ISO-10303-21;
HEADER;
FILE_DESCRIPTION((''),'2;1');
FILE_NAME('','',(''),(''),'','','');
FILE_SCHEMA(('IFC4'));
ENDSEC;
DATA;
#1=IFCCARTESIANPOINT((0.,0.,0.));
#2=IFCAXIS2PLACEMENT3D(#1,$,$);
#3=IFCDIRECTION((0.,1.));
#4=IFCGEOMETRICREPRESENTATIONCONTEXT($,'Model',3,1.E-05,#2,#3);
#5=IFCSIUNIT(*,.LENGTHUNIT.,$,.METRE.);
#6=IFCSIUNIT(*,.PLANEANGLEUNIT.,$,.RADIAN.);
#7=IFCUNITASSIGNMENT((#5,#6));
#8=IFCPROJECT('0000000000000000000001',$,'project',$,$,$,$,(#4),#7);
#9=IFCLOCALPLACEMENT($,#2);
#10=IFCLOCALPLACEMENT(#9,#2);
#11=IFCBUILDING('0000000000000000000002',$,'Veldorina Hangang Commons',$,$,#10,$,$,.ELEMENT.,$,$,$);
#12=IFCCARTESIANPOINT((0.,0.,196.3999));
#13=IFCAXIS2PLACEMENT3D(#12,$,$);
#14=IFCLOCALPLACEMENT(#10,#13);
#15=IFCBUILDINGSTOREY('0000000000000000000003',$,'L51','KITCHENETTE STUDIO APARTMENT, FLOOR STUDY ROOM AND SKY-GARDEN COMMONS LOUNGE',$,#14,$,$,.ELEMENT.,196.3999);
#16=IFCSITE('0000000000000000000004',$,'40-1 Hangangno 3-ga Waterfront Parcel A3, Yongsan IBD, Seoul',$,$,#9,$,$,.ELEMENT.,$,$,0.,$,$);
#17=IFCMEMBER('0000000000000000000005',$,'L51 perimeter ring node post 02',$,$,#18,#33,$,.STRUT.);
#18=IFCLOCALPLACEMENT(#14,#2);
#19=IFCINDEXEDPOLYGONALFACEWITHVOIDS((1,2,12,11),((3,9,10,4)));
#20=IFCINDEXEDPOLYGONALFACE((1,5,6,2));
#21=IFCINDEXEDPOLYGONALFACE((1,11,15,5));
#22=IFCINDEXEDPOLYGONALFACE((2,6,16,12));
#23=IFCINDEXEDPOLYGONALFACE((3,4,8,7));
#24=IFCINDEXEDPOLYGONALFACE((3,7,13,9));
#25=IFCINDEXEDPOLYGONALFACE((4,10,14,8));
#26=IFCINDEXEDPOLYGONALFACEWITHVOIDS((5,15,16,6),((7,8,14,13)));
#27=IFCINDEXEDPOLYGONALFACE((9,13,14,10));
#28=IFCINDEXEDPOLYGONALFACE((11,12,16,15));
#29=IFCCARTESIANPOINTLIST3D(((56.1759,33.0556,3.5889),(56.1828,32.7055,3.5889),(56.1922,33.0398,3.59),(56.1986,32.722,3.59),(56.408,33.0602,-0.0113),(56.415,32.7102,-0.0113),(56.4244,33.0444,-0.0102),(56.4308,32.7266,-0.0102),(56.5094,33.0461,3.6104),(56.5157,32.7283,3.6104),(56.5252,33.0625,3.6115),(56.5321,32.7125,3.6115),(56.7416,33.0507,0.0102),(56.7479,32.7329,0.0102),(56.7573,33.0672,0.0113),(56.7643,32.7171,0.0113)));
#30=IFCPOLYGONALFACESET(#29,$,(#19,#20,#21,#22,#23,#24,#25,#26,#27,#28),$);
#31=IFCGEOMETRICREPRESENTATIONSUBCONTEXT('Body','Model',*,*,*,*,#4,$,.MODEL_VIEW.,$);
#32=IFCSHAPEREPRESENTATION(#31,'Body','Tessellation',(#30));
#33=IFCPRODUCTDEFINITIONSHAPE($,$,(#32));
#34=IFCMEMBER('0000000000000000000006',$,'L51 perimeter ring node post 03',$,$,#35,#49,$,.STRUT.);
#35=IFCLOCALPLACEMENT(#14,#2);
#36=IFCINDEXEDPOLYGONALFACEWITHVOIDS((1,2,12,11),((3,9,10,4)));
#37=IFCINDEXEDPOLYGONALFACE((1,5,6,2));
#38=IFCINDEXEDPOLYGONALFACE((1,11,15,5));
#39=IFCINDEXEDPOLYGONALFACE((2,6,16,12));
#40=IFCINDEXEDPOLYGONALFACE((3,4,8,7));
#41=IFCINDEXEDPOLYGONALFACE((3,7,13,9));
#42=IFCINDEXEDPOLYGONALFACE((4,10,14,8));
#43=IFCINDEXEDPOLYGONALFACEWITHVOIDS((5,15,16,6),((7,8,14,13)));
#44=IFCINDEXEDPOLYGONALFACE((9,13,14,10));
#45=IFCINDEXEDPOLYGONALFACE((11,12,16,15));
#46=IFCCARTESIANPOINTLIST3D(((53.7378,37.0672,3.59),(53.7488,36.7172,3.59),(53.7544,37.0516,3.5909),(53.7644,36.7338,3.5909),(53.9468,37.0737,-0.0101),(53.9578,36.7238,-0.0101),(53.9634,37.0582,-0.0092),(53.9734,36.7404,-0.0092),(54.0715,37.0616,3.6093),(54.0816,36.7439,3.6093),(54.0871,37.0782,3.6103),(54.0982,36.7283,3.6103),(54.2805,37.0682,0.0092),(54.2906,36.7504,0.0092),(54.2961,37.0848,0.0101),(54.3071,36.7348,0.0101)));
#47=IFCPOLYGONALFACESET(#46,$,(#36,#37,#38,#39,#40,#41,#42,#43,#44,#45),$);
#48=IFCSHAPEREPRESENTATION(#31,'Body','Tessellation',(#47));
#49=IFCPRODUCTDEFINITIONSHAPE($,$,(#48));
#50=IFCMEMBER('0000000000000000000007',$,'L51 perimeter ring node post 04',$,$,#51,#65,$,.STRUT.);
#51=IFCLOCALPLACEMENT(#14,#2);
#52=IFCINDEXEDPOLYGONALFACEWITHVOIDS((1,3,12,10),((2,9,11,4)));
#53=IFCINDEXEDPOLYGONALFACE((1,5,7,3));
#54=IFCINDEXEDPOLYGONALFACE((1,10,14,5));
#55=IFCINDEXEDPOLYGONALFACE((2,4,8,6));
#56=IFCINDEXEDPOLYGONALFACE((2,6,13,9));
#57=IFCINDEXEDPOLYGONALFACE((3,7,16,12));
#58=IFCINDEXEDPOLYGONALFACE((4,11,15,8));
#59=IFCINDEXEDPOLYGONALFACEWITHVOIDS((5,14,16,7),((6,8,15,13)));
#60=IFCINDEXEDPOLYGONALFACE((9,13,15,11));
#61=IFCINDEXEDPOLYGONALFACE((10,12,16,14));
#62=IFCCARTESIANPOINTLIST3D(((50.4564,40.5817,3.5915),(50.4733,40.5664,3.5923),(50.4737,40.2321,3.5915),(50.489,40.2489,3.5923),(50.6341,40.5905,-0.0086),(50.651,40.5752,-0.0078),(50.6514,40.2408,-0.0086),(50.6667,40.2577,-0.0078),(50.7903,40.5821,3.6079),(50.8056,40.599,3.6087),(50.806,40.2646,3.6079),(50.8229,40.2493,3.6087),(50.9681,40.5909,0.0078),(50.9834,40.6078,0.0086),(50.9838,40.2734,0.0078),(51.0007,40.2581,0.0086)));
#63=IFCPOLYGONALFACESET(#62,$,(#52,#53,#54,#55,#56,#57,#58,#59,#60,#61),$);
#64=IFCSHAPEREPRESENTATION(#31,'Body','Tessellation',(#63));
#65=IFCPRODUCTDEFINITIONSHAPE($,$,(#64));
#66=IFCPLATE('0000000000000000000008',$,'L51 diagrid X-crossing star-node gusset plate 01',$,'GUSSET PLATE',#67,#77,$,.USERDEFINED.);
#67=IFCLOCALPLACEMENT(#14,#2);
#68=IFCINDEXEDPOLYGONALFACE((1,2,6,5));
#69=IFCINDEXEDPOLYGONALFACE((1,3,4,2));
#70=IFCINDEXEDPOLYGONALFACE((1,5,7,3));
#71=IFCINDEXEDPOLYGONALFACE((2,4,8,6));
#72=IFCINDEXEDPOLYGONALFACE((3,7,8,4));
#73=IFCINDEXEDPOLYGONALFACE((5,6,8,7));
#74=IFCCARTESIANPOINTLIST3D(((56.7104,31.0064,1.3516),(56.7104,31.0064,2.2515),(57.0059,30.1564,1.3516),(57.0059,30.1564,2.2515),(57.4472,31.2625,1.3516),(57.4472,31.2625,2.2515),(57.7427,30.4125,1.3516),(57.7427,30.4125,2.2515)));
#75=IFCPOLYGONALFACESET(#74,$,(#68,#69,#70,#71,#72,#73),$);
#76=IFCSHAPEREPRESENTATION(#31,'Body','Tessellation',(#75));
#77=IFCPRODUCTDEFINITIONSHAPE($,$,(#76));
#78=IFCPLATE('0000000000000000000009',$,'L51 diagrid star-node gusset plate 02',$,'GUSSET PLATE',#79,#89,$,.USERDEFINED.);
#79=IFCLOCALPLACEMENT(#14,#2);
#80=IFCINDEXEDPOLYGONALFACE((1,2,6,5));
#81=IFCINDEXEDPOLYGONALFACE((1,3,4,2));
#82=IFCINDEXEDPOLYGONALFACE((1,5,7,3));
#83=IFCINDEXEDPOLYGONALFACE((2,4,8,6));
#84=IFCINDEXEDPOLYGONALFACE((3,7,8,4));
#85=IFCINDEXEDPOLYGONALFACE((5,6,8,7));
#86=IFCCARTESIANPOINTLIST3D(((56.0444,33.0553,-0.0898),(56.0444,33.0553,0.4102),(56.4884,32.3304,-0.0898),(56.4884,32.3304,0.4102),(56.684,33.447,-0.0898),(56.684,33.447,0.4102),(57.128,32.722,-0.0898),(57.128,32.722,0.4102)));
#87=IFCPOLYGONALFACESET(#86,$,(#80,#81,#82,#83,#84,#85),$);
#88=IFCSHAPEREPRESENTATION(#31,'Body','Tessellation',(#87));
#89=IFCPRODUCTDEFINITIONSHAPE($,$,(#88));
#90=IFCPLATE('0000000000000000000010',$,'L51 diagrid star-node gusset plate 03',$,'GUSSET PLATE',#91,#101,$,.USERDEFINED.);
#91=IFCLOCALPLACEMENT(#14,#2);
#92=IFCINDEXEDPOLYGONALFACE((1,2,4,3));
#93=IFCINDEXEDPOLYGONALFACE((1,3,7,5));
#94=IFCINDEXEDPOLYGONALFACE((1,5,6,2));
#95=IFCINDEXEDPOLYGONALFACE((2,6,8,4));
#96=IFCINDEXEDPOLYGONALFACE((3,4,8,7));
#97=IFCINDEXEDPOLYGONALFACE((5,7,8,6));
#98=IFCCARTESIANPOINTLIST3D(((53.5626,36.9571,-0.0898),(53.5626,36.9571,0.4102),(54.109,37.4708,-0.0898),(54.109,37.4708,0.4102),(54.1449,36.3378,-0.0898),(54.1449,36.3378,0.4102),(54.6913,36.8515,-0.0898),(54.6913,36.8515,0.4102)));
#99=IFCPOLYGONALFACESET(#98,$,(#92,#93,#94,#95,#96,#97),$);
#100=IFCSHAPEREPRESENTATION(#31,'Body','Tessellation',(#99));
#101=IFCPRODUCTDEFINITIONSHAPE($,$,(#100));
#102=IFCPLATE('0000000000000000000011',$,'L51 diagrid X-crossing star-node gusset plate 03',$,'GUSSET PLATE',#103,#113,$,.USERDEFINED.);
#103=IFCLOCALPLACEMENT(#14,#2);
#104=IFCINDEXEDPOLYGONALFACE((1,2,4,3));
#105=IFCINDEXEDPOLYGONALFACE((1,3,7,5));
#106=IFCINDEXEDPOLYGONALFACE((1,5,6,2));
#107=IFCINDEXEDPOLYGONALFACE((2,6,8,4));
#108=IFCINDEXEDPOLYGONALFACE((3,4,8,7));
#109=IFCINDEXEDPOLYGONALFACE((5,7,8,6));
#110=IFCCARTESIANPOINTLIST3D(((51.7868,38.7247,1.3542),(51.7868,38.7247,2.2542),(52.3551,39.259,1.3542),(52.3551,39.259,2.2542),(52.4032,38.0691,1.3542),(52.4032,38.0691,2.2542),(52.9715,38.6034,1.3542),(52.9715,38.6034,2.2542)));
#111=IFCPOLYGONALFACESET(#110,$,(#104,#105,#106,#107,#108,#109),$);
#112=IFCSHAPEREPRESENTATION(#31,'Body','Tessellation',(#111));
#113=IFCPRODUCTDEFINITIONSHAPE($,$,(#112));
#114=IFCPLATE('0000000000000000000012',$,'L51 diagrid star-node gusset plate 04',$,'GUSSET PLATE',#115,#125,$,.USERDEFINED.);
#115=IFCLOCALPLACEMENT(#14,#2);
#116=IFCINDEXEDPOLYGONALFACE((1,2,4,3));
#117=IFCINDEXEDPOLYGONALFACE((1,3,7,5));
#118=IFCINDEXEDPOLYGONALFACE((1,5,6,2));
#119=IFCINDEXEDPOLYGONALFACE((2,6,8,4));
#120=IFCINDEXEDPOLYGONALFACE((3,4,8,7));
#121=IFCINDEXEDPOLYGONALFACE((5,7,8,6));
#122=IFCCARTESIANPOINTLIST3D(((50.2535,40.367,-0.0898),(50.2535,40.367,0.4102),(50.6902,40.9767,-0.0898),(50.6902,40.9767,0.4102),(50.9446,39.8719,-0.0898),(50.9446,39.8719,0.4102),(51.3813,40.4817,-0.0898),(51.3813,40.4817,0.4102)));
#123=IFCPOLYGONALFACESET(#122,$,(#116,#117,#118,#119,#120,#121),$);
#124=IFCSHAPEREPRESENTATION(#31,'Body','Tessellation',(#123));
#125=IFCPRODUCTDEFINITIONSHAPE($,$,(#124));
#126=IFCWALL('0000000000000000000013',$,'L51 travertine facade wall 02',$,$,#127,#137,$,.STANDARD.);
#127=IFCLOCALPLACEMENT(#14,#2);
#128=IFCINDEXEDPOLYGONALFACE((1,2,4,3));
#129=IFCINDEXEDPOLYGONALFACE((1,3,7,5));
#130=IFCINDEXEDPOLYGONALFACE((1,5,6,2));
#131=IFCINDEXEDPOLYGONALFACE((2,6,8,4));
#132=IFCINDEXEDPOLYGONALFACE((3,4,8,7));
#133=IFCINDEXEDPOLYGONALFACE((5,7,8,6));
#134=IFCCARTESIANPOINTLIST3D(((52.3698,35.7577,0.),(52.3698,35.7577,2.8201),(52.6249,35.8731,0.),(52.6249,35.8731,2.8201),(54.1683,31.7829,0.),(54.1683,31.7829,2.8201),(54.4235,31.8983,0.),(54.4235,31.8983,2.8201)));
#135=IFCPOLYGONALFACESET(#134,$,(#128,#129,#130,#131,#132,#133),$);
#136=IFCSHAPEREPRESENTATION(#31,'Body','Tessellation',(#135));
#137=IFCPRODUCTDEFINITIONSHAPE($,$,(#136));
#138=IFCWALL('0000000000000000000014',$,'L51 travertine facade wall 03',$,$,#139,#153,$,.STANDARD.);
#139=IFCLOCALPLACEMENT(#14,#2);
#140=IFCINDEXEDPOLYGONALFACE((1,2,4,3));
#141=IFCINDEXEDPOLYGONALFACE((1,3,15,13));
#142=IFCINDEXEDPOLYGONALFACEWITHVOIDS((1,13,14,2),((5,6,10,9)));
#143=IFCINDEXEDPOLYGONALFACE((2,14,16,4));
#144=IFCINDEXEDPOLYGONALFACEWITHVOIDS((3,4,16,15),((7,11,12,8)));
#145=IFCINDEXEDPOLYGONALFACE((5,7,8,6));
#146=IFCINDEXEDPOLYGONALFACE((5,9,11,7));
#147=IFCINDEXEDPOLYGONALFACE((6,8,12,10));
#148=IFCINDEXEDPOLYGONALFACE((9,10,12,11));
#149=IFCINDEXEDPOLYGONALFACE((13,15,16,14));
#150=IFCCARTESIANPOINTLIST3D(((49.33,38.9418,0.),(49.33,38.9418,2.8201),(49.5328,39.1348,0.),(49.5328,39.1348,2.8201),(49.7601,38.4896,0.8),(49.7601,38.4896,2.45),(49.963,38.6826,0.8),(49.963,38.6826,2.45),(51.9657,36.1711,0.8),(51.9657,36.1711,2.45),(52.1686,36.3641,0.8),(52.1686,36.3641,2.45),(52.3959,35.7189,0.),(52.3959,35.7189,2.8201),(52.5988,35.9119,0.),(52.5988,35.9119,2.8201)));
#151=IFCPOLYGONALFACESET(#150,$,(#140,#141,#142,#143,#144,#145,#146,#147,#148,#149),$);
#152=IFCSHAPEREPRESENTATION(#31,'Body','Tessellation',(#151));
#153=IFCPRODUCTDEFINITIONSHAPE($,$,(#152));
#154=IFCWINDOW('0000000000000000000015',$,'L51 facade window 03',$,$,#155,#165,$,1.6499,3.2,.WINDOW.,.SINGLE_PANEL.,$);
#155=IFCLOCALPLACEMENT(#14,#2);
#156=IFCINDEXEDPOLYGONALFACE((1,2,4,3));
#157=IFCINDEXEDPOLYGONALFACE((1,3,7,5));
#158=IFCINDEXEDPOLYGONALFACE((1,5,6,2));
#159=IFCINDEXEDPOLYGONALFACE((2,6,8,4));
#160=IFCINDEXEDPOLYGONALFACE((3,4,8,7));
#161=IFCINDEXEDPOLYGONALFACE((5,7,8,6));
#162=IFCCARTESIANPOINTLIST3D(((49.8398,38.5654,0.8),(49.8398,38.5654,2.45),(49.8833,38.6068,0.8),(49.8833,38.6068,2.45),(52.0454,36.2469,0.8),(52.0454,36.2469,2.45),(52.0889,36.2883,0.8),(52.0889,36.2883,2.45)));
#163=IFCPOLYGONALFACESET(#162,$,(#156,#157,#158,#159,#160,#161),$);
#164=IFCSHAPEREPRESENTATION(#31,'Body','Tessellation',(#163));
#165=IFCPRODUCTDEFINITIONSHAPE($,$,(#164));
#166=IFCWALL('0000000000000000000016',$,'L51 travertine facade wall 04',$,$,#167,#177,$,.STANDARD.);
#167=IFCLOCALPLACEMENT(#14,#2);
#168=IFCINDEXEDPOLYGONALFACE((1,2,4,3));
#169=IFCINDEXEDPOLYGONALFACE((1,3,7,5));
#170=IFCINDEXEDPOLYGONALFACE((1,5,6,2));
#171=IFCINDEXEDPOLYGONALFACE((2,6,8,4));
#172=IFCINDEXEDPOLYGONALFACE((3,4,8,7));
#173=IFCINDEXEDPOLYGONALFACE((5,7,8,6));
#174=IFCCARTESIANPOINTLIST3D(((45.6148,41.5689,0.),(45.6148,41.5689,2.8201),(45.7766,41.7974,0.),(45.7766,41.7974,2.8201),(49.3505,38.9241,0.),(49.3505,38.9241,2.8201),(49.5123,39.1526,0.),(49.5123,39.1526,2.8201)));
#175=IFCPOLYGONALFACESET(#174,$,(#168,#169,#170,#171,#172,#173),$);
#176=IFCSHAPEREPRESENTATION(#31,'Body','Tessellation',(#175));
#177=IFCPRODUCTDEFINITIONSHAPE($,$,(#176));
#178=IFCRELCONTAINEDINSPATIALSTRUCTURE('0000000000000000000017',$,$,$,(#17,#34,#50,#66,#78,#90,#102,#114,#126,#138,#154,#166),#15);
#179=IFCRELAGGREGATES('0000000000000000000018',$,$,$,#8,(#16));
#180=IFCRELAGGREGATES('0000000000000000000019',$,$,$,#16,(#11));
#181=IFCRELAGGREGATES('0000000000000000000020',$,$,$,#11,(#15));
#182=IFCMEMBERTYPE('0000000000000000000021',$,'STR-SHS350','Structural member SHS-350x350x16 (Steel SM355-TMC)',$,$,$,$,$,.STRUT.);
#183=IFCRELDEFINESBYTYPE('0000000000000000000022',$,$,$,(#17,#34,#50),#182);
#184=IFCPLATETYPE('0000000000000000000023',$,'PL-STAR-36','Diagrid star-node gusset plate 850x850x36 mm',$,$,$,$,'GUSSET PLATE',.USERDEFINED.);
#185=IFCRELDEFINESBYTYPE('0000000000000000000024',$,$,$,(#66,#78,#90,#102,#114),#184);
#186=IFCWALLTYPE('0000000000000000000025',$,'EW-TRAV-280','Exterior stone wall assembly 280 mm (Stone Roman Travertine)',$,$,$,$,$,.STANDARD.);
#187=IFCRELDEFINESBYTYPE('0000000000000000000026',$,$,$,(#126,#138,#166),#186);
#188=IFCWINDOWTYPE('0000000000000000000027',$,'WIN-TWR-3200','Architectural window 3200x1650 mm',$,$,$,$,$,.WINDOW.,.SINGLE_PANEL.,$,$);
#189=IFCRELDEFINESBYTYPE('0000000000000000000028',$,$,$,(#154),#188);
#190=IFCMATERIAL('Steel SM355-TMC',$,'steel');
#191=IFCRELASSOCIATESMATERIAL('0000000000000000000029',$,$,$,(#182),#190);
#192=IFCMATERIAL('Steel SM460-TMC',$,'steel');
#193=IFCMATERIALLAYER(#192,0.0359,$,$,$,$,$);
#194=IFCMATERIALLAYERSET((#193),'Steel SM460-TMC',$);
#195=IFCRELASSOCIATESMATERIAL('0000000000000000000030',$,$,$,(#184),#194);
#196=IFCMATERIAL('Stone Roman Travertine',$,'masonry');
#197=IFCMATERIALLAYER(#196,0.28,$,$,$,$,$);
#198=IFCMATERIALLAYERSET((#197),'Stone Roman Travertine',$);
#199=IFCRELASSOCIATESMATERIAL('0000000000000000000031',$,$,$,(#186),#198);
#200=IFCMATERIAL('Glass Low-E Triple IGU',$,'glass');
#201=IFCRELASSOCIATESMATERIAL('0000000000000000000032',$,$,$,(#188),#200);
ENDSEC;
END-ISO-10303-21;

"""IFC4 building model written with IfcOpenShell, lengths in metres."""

from ifc_helpers import new_model, si_unit, direction, frame, frame_2d, origin, origin_2d, place, context, subcontext, project, spatial, rectangle, hollow_rectangle, extrude, material, layer, layer_set, material_profile, profile_set, type_object, element, fill, save


model = new_model("IFC4")

# Units and contexts
model_context = context("Model", 3, precision=1e-05, world=origin(), true_north=direction((0.0, 1.0)))
body_context = subcontext(model_context, "Body", "Model", "MODEL_VIEW")
ifc_project = project(units=[si_unit("LENGTHUNIT", "METRE"), si_unit("PLANEANGLEUNIT", "RADIAN")], contexts=[model_context])

# Site, building, storey
site_placement = place(None, origin())
site = spatial("IfcSite", under=ifc_project, at=site_placement, Name="40-1 Hangangno 3-ga Waterfront Parcel A3, Yongsan IBD, Seoul", CompositionType="ELEMENT", RefElevation=0.0)
building_placement = place(site_placement, origin())
building = spatial("IfcBuilding", under=site, at=building_placement, Name="Veldorina Hangang Commons", CompositionType="ELEMENT")
storey_placement = place(building_placement, frame((0.0, 0.0, 196.3999)))
storey = spatial("IfcBuildingStorey", under=building, at=storey_placement, Name="L51", Description="KITCHENETTE STUDIO APARTMENT, FLOOR STUDY ROOM AND SKY-GARDEN COMMONS LOUNGE", CompositionType="ELEMENT", Elevation=196.3999)

# Shared definitions
ifc_material_1 = material(Name="Glass Low-E Triple IGU", Category="glass")

# Members
ifc_material_2 = material(Name="Steel SM355-TMC", Category="steel")
ifc_material_profile_1 = material_profile(ifc_material_2, hollow_rectangle(XDim=0.3501, YDim=0.3501, WallThickness=0.0161, at=origin_2d()), Name="SHS-350x350x16")
ifc_profile_set_1 = profile_set([ifc_material_profile_1], Name="Steel SM355-TMC")
member_type_1 = type_object("IfcMemberType", Name="STR-SHS350", Description="Structural member SHS-350x350x16 (Steel SM355-TMC)", PredefinedType="STRUT", material=ifc_profile_set_1)
member_1_placement = place(storey_placement, frame((56.5862, 32.8887, 0.0), z_axis=(-0.064358, -0.001286, 0.997926), x_axis=(0.019975, -0.9998, 0.0)))
element("IfcMember", 1, at=member_1_placement, inside=storey, type_object=member_type_1, Name="L51 perimeter ring node post 02", PredefinedType="STRUT", context=body_context, shape_type="SweptSolid", body=[
    extrude(hollow_rectangle(XDim=0.3501, YDim=0.3501, WallThickness=0.0161, at=origin_2d()), origin(), (0.0, 0.0, 1.0), 3.6077),
])
member_2_placement = place(storey_placement, frame((54.127, 36.9043, 0.0), z_axis=(-0.057952, -0.001828, 0.998318), x_axis=(0.031526, -0.999503, 0.0)))
element("IfcMember", 2, at=member_2_placement, inside=storey, type_object=member_type_1, Name="L51 perimeter ring node post 03", PredefinedType="STRUT", context=body_context, shape_type="SweptSolid", body=[
    extrude(hollow_rectangle(XDim=0.3501, YDim=0.3501, WallThickness=0.0161, at=origin_2d()), origin(), (0.0, 0.0, 1.0), 3.6062),
])
member_3_placement = place(storey_placement, frame((50.8174, 40.4243, 0.0), z_axis=(-0.049309, -0.002438, 0.998781), x_axis=(0.04939, -0.99878, 0.0)))
element("IfcMember", 3, at=member_3_placement, inside=storey, type_object=member_type_1, Name="L51 perimeter ring node post 04", PredefinedType="STRUT", context=body_context, shape_type="SweptSolid", body=[
    extrude(hollow_rectangle(XDim=0.3501, YDim=0.3501, WallThickness=0.0161, at=origin_2d()), origin(), (0.0, 0.0, 1.0), 3.6045),
])

# Plates
ifc_material_3 = material(Name="Steel SM460-TMC", Category="steel")
ifc_layer_1 = layer(ifc_material_3, 0.0359)
ifc_layer_set_1 = layer_set([ifc_layer_1], Name="Steel SM460-TMC")
plate_type = type_object("IfcPlateType", Name="PL-STAR-36", Description="Diagrid star-node gusset plate 850x850x36 mm", ElementType="GUSSET PLATE", PredefinedType="USERDEFINED", material=ifc_layer_set_1)
plate_1_placement = place(storey_placement, frame((57.2266, 30.7095, 1.3516), z_axis=(0.0, 0.0, 1.0), x_axis=(-0.32829, 0.944577, 0.0)))
element("IfcPlate", 4, at=plate_1_placement, inside=storey, type_object=plate_type, Name="L51 diagrid X-crossing star-node gusset plate 01", ObjectType="GUSSET PLATE", PredefinedType="USERDEFINED", context=body_context, shape_type="SweptSolid", body=[
    extrude(rectangle(XDim=0.8999, YDim=0.78, at=origin_2d()), origin(), (0.0, 0.0, 1.0), 0.8999),
])
for number, where, z_axis, x_axis, name in (
    (5, (56.5862, 32.8887, -0.0898), (0.0, 0.0, 1.0), (-0.522246, 0.852795, 0.0), "L51 diagrid star-node gusset plate 02"),
    (6, (54.127, 36.9043, -0.0898), (0.0, 0.0, 1.0), (-0.685005, 0.728538, 0.0), "L51 diagrid star-node gusset plate 03"),
):
    element("IfcPlate", number, at=place(storey_placement, frame(where, z_axis=z_axis, x_axis=x_axis)), inside=storey, type_object=plate_type, Name=name, ObjectType="GUSSET PLATE", PredefinedType="USERDEFINED", context=body_context, shape_type="SweptSolid", body=[
        extrude(rectangle(XDim=0.8501, YDim=0.75, at=origin_2d()), origin(), (0.0, 0.0, 1.0), 0.5),
    ])
plate_2_placement = place(storey_placement, frame((52.3792, 38.6641, 1.3542), z_axis=(0.0, 0.0, 1.0), x_axis=(-0.685005, 0.728538, 0.0)))
element("IfcPlate", 7, at=plate_2_placement, inside=storey, type_object=plate_type, Name="L51 diagrid X-crossing star-node gusset plate 03", ObjectType="GUSSET PLATE", PredefinedType="USERDEFINED", context=body_context, shape_type="SweptSolid", body=[
    extrude(rectangle(XDim=0.8999, YDim=0.78, at=origin_2d()), origin(), (0.0, 0.0, 1.0), 0.8999),
])
plate_3_placement = place(storey_placement, frame((50.8174, 40.4243, -0.0898), z_axis=(0.0, 0.0, 1.0), x_axis=(-0.812958, 0.582322, 0.0)))
element("IfcPlate", 8, at=plate_3_placement, inside=storey, type_object=plate_type, Name="L51 diagrid star-node gusset plate 04", ObjectType="GUSSET PLATE", PredefinedType="USERDEFINED", context=body_context, shape_type="SweptSolid", body=[
    extrude(rectangle(XDim=0.8501, YDim=0.75, at=origin_2d()), origin(), (0.0, 0.0, 1.0), 0.5),
])

# Wall
ifc_material_4 = material(Name="Stone Roman Travertine", Category="masonry")
ifc_layer_2 = layer(ifc_material_4, 0.28)
ifc_layer_set_2 = layer_set([ifc_layer_2], Name="Stone Roman Travertine")
wall_type_1 = type_object("IfcWallType", Name="EW-TRAV-280", Description="Exterior stone wall assembly 280 mm (Stone Roman Travertine)", PredefinedType="STANDARD", material=ifc_layer_set_2)
wall_1_placement = place(storey_placement, frame((54.2959, 31.8406, 0.0), z_axis=(0.0, 0.0, 1.0), x_axis=(-0.412251, 0.91107, 0.0)))
element("IfcWall", 9, at=wall_1_placement, inside=storey, type_object=wall_type_1, Name="L51 travertine facade wall 02", PredefinedType="STANDARD", context=body_context, shape_type="SweptSolid", body=[
    extrude(rectangle(XDim=4.3628, YDim=0.28, at=frame_2d((2.1814, 0.0))), origin(), (0.0, 0.0, 1.0), 2.8201),
])

# Wall, opening, window
wall_2_placement = place(storey_placement, frame((52.4973, 35.8154, 0.0), z_axis=(0.0, 0.0, 1.0), x_axis=(-0.689241, 0.724532, 0.0)))
wall_2 = element("IfcWall", 10, at=wall_2_placement, inside=storey, type_object=wall_type_1, Name="L51 travertine facade wall 03", PredefinedType="STANDARD", context=body_context, shape_type="SweptSolid", body=[
    extrude(rectangle(XDim=4.4482, YDim=0.28, at=frame_2d((2.2241, 0.0))), origin(), (0.0, 0.0, 1.0), 2.8201),
])
opening_1_placement = place(wall_2_placement, frame((0.624, 0.0, 0.8)))
opening_1 = element("IfcOpeningElement", 11, at=opening_1_placement, cuts=wall_2, PredefinedType="OPENING", context=body_context, shape_type="SweptSolid", body=[
    extrude(rectangle(XDim=3.2, YDim=1.6499, at=frame_2d((1.6001, 0.825))), frame((0.0, 0.1499, 0.0), z_axis=(0.0, -1.0, 0.0), x_axis=(1.0, 0.0, 0.0)), (0.0, 0.0, 1.0), 0.3),
])
window_type = type_object("IfcWindowType", Name="WIN-TWR-3200", Description="Architectural window 3200x1650 mm", PartitioningType="SINGLE_PANEL", PredefinedType="WINDOW", material=ifc_material_1)
window_placement = place(opening_1_placement, origin())
window = element("IfcWindow", 12, at=window_placement, inside=storey, type_object=window_type, Name="L51 facade window 03", OverallHeight=1.6499, OverallWidth=3.2, PartitioningType="SINGLE_PANEL", PredefinedType="WINDOW", context=body_context, shape_type="SweptSolid", body=[
    extrude(rectangle(XDim=3.2, YDim=1.6499, at=frame_2d((1.6001, 0.825))), frame((0.0, 0.03, 0.0), z_axis=(0.0, -1.0, 0.0), x_axis=(1.0, 0.0, 0.0)), (0.0, 0.0, 1.0), 0.0601),
])
fill(opening_1, window)

# Wall
wall_3_placement = place(storey_placement, frame((49.4314, 39.0383, 0.0), z_axis=(0.0, 0.0, 1.0), x_axis=(-0.816155, 0.577832, 0.0)))
element("IfcWall", 13, at=wall_3_placement, inside=storey, type_object=wall_type_1, Name="L51 travertine facade wall 04", PredefinedType="STANDARD", context=body_context, shape_type="SweptSolid", body=[
    extrude(rectangle(XDim=4.5771, YDim=0.28, at=frame_2d((2.2886, 0.0))), origin(), (0.0, 0.0, 1.0), 2.8201),
])

save(model, "model.ifc")
